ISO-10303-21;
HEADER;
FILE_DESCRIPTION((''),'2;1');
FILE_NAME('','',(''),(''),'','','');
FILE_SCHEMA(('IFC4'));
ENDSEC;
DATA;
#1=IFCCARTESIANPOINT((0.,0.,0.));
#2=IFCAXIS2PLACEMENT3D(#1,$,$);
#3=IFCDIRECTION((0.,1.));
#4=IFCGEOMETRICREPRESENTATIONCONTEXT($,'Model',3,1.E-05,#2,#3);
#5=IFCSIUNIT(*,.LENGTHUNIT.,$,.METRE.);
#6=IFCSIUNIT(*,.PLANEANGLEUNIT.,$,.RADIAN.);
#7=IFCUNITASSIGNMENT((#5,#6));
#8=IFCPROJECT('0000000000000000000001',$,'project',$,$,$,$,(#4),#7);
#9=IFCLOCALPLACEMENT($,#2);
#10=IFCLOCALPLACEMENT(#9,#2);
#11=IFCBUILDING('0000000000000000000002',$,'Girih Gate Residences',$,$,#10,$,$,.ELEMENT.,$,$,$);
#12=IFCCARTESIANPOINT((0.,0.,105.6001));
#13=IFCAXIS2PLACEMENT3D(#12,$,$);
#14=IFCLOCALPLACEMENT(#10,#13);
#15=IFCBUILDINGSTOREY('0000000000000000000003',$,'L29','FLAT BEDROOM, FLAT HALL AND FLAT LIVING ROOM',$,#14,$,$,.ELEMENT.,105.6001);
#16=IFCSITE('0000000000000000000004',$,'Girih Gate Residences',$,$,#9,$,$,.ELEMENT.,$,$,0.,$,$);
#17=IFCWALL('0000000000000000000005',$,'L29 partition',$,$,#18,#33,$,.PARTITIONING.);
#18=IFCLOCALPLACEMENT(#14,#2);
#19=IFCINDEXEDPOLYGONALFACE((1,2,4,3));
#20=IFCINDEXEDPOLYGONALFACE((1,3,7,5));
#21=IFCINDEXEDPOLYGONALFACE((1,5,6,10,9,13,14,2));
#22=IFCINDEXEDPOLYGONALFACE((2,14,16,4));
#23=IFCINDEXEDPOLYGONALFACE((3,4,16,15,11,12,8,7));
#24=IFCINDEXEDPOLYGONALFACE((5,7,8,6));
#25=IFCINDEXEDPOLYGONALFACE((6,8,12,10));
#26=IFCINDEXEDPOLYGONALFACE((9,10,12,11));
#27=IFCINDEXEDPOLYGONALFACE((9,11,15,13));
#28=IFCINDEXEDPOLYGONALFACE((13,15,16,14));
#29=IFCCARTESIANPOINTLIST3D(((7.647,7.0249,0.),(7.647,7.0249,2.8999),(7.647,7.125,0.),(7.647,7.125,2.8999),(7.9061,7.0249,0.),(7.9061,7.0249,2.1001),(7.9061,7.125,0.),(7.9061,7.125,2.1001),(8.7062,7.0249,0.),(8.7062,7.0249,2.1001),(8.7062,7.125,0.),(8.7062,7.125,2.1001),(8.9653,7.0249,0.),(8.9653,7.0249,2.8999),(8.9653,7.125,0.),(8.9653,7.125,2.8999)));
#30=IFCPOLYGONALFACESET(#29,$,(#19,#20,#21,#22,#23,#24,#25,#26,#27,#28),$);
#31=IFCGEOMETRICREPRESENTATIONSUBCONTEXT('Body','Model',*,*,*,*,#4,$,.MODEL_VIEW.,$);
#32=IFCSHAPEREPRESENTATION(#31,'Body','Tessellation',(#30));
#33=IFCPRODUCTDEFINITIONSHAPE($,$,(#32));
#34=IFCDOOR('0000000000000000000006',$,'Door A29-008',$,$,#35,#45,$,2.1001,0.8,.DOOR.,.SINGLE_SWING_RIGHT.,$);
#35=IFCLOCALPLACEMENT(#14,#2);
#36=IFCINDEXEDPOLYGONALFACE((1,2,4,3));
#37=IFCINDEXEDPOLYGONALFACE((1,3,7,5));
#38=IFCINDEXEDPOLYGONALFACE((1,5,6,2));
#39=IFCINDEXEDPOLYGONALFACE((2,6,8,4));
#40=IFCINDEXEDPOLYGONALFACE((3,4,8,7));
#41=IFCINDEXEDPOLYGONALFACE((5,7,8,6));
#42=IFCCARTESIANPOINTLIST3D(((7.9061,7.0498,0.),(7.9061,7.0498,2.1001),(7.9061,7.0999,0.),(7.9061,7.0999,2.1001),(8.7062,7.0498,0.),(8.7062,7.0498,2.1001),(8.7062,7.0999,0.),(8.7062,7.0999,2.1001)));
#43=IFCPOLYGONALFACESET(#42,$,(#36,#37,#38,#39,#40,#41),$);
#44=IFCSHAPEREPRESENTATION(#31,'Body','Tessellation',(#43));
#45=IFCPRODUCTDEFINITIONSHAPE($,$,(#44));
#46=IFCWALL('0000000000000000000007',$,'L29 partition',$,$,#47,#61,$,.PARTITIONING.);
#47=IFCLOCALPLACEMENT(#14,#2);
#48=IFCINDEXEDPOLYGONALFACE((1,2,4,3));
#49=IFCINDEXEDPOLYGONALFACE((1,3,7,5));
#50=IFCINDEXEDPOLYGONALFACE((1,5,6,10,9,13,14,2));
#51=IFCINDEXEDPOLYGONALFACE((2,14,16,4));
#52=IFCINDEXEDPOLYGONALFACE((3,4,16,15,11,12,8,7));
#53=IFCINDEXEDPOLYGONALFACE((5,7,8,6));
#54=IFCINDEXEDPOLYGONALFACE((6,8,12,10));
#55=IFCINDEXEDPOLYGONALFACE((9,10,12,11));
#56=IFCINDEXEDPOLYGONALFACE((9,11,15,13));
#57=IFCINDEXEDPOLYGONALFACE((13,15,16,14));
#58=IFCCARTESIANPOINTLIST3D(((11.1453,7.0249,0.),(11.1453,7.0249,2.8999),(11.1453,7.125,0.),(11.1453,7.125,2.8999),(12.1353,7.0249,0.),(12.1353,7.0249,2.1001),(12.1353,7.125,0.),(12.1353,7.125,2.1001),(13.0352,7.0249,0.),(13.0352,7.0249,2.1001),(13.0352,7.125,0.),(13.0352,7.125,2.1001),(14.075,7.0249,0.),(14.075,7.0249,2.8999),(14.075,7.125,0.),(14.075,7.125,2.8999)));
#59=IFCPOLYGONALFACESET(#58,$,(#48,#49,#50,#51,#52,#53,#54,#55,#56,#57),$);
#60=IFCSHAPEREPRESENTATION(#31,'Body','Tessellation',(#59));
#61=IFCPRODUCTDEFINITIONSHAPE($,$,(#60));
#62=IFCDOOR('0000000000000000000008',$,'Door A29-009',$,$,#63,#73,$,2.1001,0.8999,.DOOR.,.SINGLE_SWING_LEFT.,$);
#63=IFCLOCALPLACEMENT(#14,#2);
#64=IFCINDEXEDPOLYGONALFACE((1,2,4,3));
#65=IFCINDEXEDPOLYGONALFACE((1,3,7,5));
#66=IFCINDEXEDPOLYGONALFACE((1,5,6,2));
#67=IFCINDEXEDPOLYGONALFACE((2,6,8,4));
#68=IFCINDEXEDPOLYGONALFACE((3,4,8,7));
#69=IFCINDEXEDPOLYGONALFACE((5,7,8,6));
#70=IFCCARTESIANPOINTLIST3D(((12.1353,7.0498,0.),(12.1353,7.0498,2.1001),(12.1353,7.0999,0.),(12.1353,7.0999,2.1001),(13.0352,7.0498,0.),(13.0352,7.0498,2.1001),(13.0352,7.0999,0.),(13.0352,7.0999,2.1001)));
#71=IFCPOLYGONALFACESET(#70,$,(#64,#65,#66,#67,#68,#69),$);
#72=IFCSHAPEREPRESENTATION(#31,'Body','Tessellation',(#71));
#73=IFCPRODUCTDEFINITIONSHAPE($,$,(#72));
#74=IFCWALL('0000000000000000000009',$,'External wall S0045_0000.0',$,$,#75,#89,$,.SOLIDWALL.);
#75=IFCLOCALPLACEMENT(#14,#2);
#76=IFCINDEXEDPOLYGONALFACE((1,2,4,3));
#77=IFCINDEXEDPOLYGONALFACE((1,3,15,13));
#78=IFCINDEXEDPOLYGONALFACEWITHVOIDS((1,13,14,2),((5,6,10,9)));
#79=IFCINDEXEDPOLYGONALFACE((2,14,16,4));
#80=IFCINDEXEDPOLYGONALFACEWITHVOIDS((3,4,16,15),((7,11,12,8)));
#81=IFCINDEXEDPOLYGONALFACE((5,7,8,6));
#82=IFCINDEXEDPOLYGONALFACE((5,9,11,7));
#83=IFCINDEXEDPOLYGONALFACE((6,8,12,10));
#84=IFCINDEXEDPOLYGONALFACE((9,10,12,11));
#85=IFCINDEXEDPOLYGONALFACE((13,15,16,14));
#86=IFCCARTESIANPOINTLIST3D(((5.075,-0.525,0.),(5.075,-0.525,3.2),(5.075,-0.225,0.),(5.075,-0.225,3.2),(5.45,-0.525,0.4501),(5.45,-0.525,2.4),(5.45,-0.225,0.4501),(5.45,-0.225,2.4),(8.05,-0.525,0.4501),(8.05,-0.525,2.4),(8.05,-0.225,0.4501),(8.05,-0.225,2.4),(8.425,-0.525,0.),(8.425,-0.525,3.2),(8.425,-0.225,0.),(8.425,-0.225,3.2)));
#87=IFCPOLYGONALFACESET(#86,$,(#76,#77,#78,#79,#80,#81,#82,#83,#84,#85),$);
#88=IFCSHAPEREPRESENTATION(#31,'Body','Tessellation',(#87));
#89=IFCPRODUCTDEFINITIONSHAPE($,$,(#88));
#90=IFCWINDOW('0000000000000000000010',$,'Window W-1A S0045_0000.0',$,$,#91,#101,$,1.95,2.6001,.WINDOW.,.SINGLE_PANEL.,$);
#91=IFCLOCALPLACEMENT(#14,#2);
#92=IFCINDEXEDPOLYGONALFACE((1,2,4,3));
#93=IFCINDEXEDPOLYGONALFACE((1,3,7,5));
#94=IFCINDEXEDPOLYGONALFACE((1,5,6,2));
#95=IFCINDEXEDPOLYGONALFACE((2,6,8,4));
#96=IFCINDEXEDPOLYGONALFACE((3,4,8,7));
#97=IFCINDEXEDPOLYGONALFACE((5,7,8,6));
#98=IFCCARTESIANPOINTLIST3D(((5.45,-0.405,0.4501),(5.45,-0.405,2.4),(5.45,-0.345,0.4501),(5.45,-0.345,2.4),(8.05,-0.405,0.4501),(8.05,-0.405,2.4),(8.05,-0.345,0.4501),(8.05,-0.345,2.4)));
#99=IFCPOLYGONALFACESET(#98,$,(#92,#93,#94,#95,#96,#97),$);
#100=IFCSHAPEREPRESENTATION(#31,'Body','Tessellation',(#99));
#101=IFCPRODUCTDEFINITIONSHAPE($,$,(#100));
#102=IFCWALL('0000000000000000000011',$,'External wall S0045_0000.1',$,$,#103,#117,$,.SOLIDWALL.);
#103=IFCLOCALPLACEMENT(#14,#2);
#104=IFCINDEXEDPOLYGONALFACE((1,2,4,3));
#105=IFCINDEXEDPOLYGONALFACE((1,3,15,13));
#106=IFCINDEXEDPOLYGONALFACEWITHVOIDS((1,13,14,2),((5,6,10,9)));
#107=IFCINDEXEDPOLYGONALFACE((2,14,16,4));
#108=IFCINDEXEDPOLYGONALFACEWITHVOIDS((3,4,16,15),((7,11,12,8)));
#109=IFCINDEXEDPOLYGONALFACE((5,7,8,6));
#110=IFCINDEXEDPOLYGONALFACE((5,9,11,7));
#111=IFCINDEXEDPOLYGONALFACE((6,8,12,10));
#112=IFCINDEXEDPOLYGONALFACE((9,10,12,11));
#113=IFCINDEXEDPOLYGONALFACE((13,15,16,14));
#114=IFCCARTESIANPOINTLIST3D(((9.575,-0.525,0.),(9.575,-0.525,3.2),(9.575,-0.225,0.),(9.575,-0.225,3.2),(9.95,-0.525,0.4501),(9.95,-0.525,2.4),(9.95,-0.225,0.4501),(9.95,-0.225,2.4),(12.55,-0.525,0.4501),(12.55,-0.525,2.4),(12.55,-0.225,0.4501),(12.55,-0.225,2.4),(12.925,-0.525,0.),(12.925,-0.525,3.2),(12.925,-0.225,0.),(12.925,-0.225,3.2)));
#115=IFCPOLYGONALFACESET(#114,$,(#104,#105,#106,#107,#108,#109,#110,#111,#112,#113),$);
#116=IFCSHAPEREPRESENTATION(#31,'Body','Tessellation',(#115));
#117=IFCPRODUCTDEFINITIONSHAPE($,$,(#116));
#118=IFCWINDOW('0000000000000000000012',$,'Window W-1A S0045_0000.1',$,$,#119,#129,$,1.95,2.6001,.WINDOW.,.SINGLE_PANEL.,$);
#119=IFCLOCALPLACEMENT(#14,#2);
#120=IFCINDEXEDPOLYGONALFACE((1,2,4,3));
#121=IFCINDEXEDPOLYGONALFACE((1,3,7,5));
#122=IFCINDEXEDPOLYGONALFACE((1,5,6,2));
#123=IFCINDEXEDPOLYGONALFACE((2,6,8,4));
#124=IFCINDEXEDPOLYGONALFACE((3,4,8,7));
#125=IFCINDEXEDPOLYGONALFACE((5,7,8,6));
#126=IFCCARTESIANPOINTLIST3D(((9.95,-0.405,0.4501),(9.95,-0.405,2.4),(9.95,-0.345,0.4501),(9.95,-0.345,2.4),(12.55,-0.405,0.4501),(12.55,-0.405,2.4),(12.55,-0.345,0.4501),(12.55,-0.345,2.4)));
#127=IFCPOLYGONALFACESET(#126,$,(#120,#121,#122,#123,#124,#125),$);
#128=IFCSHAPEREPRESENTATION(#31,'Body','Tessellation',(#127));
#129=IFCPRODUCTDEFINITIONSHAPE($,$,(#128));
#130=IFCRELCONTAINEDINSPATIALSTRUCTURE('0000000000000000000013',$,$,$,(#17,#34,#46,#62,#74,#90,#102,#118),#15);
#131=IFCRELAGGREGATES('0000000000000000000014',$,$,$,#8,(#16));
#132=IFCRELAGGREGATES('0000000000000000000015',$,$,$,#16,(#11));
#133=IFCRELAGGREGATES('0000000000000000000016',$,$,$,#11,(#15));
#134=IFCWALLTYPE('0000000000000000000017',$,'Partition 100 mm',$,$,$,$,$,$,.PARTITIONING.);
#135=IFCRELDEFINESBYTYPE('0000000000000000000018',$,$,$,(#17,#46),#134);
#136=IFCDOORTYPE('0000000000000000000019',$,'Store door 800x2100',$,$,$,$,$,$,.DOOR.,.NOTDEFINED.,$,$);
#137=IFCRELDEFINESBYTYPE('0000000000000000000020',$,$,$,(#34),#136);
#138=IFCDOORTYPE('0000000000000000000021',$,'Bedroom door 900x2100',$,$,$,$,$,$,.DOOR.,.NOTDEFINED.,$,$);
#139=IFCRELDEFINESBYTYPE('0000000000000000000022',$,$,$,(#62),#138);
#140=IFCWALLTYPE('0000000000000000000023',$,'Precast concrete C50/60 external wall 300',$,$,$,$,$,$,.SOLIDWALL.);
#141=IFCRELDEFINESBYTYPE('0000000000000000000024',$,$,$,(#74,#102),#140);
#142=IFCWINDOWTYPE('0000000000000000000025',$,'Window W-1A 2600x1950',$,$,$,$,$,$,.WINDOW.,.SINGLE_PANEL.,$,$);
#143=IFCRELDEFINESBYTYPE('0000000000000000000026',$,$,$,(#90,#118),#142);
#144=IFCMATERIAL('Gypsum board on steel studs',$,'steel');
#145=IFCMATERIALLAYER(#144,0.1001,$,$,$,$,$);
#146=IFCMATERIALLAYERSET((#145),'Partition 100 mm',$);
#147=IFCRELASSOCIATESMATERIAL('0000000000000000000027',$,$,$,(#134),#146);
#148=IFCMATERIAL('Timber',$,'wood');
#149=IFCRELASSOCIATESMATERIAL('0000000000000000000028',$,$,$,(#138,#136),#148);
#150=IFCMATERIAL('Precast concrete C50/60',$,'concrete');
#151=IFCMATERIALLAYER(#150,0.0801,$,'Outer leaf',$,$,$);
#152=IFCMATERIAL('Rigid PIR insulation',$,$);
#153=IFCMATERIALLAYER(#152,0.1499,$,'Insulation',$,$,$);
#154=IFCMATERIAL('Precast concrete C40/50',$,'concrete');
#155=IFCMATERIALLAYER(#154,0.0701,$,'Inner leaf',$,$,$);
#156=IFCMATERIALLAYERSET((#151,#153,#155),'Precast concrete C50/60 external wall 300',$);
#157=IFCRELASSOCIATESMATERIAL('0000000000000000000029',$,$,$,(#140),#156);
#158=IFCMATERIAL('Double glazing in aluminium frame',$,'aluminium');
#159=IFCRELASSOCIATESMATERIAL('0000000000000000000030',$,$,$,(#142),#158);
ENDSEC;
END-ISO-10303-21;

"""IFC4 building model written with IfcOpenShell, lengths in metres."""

from ifc_helpers import new_model, si_unit, direction, frame, frame_2d, origin, place, context, subcontext, project, spatial, rectangle, extrude, material, layer, layer_set, type_object, element, fill, save


model = new_model("IFC4")

# Units and contexts
model_context = context("Model", 3, precision=1e-05, world=origin(), true_north=direction((0.0, 1.0)))
body_context = subcontext(model_context, "Body", "Model", "MODEL_VIEW")
ifc_project = project(units=[si_unit("LENGTHUNIT", "METRE"), si_unit("PLANEANGLEUNIT", "RADIAN")], contexts=[model_context])

# Site, building, storey
site_placement = place(None, origin())
site = spatial("IfcSite", under=ifc_project, at=site_placement, Name="Girih Gate Residences", CompositionType="ELEMENT", RefElevation=0.0)
building_placement = place(site_placement, origin())
building = spatial("IfcBuilding", under=site, at=building_placement, Name="Girih Gate Residences", CompositionType="ELEMENT")
storey_placement = place(building_placement, frame((0.0, 0.0, 105.6001)))
storey = spatial("IfcBuildingStorey", under=building, at=storey_placement, Name="L29", Description="FLAT BEDROOM, FLAT HALL AND FLAT LIVING ROOM", CompositionType="ELEMENT", Elevation=105.6001)

# Shared definitions
ifc_material_1 = material(Name="Gypsum board on steel studs", Category="steel")
ifc_layer_1 = layer(ifc_material_1, 0.1001)
ifc_layer_set_1 = layer_set([ifc_layer_1], Name="Partition 100 mm")
wall_type_1 = type_object("IfcWallType", Name="Partition 100 mm", PredefinedType="PARTITIONING", material=ifc_layer_set_1)

# Shared definitions
ifc_material_2 = material(Name="Timber", Category="wood")
door_type_1 = type_object("IfcDoorType", Name="Bedroom door 900x2100", OperationType="NOTDEFINED", PredefinedType="DOOR", material=ifc_material_2)

# Walls, openings, doors
door_type_2 = type_object("IfcDoorType", Name="Store door 800x2100", OperationType="NOTDEFINED", PredefinedType="DOOR", material=ifc_material_2)
wall_1_placement = place(storey_placement, frame((7.647, 7.075, 0.0), z_axis=(0.0, 0.0, 1.0), x_axis=(1.0, 0.0, 0.0)))
wall_1 = element("IfcWall", 1, at=wall_1_placement, inside=storey, type_object=wall_type_1, Name="L29 partition", PredefinedType="PARTITIONING", context=body_context, shape_type="SweptSolid", body=[
    extrude(rectangle(XDim=1.3184, YDim=0.1001, at=frame_2d((0.6592, 0.0))), origin(), (0.0, 0.0, 1.0), 2.8999),
])
opening_1_placement = place(wall_1_placement, frame((0.2593, 0.0, 0.0)))
opening_1 = element("IfcOpeningElement", 2, at=opening_1_placement, cuts=wall_1, PredefinedType="OPENING", context=body_context, shape_type="SweptSolid", body=[
    extrude(rectangle(XDim=0.8, YDim=2.1001, at=frame_2d((0.3999, 1.05))), frame((0.0, 0.0601, 0.0), z_axis=(0.0, -1.0, 0.0), x_axis=(1.0, 0.0, 0.0)), (0.0, 0.0, 1.0), 0.1201),
])
door_1_placement = place(opening_1_placement, origin())
door_1 = element("IfcDoor", 3, at=door_1_placement, inside=storey, type_object=door_type_2, Name="Door A29-008", OperationType="SINGLE_SWING_RIGHT", OverallHeight=2.1001, OverallWidth=0.8, PredefinedType="DOOR", context=body_context, shape_type="SweptSolid", body=[
    extrude(rectangle(XDim=0.8, YDim=2.1001, at=frame_2d((0.3999, 1.05))), frame((0.0, 0.0249, 0.0), z_axis=(0.0, -1.0, 0.0), x_axis=(1.0, 0.0, 0.0)), (0.0, 0.0, 1.0), 0.05),
])
fill(opening_1, door_1)
wall_2_placement = place(storey_placement, frame((11.1453, 7.075, 0.0), z_axis=(0.0, 0.0, 1.0), x_axis=(1.0, 0.0, 0.0)))
wall_2 = element("IfcWall", 4, at=wall_2_placement, inside=storey, type_object=wall_type_1, Name="L29 partition", PredefinedType="PARTITIONING", context=body_context, shape_type="SweptSolid", body=[
    extrude(rectangle(XDim=2.9297, YDim=0.1001, at=frame_2d((1.4648, 0.0))), origin(), (0.0, 0.0, 1.0), 2.8999),
])
opening_2_placement = place(wall_2_placement, frame((0.99, 0.0, 0.0)))
opening_2 = element("IfcOpeningElement", 5, at=opening_2_placement, cuts=wall_2, PredefinedType="OPENING", context=body_context, shape_type="SweptSolid", body=[
    extrude(rectangle(XDim=0.8999, YDim=2.1001, at=frame_2d((0.45, 1.05))), frame((0.0, 0.0601, 0.0), z_axis=(0.0, -1.0, 0.0), x_axis=(1.0, 0.0, 0.0)), (0.0, 0.0, 1.0), 0.1201),
])
door_2_placement = place(opening_2_placement, origin())
door_2 = element("IfcDoor", 6, at=door_2_placement, inside=storey, type_object=door_type_1, Name="Door A29-009", OperationType="SINGLE_SWING_LEFT", OverallHeight=2.1001, OverallWidth=0.8999, PredefinedType="DOOR", context=body_context, shape_type="SweptSolid", body=[
    extrude(rectangle(XDim=0.8999, YDim=2.1001, at=frame_2d((0.45, 1.05))), frame((0.0, 0.0249, 0.0), z_axis=(0.0, -1.0, 0.0), x_axis=(1.0, 0.0, 0.0)), (0.0, 0.0, 1.0), 0.05),
])
fill(opening_2, door_2)

# Walls, openings, windows
ifc_material_3 = material(Name="Precast concrete C50/60", Category="concrete")
ifc_layer_2 = layer(ifc_material_3, 0.0801, Name="Outer leaf")
ifc_material_4 = material(Name="Rigid PIR insulation")
ifc_layer_3 = layer(ifc_material_4, 0.1499, Name="Insulation")
ifc_material_5 = material(Name="Precast concrete C40/50", Category="concrete")
ifc_layer_4 = layer(ifc_material_5, 0.0701, Name="Inner leaf")
ifc_layer_set_2 = layer_set([ifc_layer_2, ifc_layer_3, ifc_layer_4], Name="Precast concrete C50/60 external wall 300")
wall_type_2 = type_object("IfcWallType", Name="Precast concrete C50/60 external wall 300", PredefinedType="SOLIDWALL", material=ifc_layer_set_2)
wall_3_placement = place(storey_placement, frame((8.425, -0.375, 0.0), z_axis=(0.0, 0.0, 1.0), x_axis=(-1.0, 0.0, 0.0)))
wall_3 = element("IfcWall", 7, at=wall_3_placement, inside=storey, type_object=wall_type_2, Name="External wall S0045_0000.0", PredefinedType="SOLIDWALL", context=body_context, shape_type="SweptSolid", body=[
    extrude(rectangle(XDim=3.3501, YDim=0.3, at=frame_2d((1.675, 0.0))), origin(), (0.0, 0.0, 1.0), 3.2),
])
opening_3_placement = place(wall_3_placement, frame((0.375, 0.0, 0.45)))
opening_3 = element("IfcOpeningElement", 8, at=opening_3_placement, cuts=wall_3, PredefinedType="OPENING", context=body_context, shape_type="SweptSolid", body=[
    extrude(rectangle(XDim=2.6001, YDim=1.95, at=frame_2d((1.3, 0.9751))), frame((0.0, 0.1599, 0.0), z_axis=(0.0, -1.0, 0.0), x_axis=(1.0, 0.0, 0.0)), (0.0, 0.0, 1.0), 0.3201),
])
ifc_material_6 = material(Name="Double glazing in aluminium frame", Category="aluminium")
window_type = type_object("IfcWindowType", Name="Window W-1A 2600x1950", PartitioningType="SINGLE_PANEL", PredefinedType="WINDOW", material=ifc_material_6)
window_1_placement = place(opening_3_placement, origin())
window_1 = element("IfcWindow", 9, at=window_1_placement, inside=storey, type_object=window_type, Name="Window W-1A S0045_0000.0", OverallHeight=1.95, OverallWidth=2.6001, PartitioningType="SINGLE_PANEL", PredefinedType="WINDOW", context=body_context, shape_type="SweptSolid", body=[
    extrude(rectangle(XDim=2.6001, YDim=1.95, at=frame_2d((1.3, 0.9751))), frame((0.0, 0.03, 0.0), z_axis=(0.0, -1.0, 0.0), x_axis=(1.0, 0.0, 0.0)), (0.0, 0.0, 1.0), 0.0601),
])
fill(opening_3, window_1)
wall_4_placement = place(storey_placement, frame((12.925, -0.375, 0.0), z_axis=(0.0, 0.0, 1.0), x_axis=(-1.0, 0.0, 0.0)))
wall_4 = element("IfcWall", 10, at=wall_4_placement, inside=storey, type_object=wall_type_2, Name="External wall S0045_0000.1", PredefinedType="SOLIDWALL", context=body_context, shape_type="SweptSolid", body=[
    extrude(rectangle(XDim=3.3501, YDim=0.3, at=frame_2d((1.675, 0.0))), origin(), (0.0, 0.0, 1.0), 3.2),
])
opening_4_placement = place(wall_4_placement, frame((0.375, 0.0, 0.45)))
opening_4 = element("IfcOpeningElement", 11, at=opening_4_placement, cuts=wall_4, PredefinedType="OPENING", context=body_context, shape_type="SweptSolid", body=[
    extrude(rectangle(XDim=2.6001, YDim=1.95, at=frame_2d((1.3, 0.9751))), frame((0.0, 0.1599, 0.0), z_axis=(0.0, -1.0, 0.0), x_axis=(1.0, 0.0, 0.0)), (0.0, 0.0, 1.0), 0.3201),
])
window_2_placement = place(opening_4_placement, origin())
window_2 = element("IfcWindow", 12, at=window_2_placement, inside=storey, type_object=window_type, Name="Window W-1A S0045_0000.1", OverallHeight=1.95, OverallWidth=2.6001, PartitioningType="SINGLE_PANEL", PredefinedType="WINDOW", context=body_context, shape_type="SweptSolid", body=[
    extrude(rectangle(XDim=2.6001, YDim=1.95, at=frame_2d((1.3, 0.9751))), frame((0.0, 0.03, 0.0), z_axis=(0.0, -1.0, 0.0), x_axis=(1.0, 0.0, 0.0)), (0.0, 0.0, 1.0), 0.0601),
])
fill(opening_4, window_2)

save(model, "model.ifc")
